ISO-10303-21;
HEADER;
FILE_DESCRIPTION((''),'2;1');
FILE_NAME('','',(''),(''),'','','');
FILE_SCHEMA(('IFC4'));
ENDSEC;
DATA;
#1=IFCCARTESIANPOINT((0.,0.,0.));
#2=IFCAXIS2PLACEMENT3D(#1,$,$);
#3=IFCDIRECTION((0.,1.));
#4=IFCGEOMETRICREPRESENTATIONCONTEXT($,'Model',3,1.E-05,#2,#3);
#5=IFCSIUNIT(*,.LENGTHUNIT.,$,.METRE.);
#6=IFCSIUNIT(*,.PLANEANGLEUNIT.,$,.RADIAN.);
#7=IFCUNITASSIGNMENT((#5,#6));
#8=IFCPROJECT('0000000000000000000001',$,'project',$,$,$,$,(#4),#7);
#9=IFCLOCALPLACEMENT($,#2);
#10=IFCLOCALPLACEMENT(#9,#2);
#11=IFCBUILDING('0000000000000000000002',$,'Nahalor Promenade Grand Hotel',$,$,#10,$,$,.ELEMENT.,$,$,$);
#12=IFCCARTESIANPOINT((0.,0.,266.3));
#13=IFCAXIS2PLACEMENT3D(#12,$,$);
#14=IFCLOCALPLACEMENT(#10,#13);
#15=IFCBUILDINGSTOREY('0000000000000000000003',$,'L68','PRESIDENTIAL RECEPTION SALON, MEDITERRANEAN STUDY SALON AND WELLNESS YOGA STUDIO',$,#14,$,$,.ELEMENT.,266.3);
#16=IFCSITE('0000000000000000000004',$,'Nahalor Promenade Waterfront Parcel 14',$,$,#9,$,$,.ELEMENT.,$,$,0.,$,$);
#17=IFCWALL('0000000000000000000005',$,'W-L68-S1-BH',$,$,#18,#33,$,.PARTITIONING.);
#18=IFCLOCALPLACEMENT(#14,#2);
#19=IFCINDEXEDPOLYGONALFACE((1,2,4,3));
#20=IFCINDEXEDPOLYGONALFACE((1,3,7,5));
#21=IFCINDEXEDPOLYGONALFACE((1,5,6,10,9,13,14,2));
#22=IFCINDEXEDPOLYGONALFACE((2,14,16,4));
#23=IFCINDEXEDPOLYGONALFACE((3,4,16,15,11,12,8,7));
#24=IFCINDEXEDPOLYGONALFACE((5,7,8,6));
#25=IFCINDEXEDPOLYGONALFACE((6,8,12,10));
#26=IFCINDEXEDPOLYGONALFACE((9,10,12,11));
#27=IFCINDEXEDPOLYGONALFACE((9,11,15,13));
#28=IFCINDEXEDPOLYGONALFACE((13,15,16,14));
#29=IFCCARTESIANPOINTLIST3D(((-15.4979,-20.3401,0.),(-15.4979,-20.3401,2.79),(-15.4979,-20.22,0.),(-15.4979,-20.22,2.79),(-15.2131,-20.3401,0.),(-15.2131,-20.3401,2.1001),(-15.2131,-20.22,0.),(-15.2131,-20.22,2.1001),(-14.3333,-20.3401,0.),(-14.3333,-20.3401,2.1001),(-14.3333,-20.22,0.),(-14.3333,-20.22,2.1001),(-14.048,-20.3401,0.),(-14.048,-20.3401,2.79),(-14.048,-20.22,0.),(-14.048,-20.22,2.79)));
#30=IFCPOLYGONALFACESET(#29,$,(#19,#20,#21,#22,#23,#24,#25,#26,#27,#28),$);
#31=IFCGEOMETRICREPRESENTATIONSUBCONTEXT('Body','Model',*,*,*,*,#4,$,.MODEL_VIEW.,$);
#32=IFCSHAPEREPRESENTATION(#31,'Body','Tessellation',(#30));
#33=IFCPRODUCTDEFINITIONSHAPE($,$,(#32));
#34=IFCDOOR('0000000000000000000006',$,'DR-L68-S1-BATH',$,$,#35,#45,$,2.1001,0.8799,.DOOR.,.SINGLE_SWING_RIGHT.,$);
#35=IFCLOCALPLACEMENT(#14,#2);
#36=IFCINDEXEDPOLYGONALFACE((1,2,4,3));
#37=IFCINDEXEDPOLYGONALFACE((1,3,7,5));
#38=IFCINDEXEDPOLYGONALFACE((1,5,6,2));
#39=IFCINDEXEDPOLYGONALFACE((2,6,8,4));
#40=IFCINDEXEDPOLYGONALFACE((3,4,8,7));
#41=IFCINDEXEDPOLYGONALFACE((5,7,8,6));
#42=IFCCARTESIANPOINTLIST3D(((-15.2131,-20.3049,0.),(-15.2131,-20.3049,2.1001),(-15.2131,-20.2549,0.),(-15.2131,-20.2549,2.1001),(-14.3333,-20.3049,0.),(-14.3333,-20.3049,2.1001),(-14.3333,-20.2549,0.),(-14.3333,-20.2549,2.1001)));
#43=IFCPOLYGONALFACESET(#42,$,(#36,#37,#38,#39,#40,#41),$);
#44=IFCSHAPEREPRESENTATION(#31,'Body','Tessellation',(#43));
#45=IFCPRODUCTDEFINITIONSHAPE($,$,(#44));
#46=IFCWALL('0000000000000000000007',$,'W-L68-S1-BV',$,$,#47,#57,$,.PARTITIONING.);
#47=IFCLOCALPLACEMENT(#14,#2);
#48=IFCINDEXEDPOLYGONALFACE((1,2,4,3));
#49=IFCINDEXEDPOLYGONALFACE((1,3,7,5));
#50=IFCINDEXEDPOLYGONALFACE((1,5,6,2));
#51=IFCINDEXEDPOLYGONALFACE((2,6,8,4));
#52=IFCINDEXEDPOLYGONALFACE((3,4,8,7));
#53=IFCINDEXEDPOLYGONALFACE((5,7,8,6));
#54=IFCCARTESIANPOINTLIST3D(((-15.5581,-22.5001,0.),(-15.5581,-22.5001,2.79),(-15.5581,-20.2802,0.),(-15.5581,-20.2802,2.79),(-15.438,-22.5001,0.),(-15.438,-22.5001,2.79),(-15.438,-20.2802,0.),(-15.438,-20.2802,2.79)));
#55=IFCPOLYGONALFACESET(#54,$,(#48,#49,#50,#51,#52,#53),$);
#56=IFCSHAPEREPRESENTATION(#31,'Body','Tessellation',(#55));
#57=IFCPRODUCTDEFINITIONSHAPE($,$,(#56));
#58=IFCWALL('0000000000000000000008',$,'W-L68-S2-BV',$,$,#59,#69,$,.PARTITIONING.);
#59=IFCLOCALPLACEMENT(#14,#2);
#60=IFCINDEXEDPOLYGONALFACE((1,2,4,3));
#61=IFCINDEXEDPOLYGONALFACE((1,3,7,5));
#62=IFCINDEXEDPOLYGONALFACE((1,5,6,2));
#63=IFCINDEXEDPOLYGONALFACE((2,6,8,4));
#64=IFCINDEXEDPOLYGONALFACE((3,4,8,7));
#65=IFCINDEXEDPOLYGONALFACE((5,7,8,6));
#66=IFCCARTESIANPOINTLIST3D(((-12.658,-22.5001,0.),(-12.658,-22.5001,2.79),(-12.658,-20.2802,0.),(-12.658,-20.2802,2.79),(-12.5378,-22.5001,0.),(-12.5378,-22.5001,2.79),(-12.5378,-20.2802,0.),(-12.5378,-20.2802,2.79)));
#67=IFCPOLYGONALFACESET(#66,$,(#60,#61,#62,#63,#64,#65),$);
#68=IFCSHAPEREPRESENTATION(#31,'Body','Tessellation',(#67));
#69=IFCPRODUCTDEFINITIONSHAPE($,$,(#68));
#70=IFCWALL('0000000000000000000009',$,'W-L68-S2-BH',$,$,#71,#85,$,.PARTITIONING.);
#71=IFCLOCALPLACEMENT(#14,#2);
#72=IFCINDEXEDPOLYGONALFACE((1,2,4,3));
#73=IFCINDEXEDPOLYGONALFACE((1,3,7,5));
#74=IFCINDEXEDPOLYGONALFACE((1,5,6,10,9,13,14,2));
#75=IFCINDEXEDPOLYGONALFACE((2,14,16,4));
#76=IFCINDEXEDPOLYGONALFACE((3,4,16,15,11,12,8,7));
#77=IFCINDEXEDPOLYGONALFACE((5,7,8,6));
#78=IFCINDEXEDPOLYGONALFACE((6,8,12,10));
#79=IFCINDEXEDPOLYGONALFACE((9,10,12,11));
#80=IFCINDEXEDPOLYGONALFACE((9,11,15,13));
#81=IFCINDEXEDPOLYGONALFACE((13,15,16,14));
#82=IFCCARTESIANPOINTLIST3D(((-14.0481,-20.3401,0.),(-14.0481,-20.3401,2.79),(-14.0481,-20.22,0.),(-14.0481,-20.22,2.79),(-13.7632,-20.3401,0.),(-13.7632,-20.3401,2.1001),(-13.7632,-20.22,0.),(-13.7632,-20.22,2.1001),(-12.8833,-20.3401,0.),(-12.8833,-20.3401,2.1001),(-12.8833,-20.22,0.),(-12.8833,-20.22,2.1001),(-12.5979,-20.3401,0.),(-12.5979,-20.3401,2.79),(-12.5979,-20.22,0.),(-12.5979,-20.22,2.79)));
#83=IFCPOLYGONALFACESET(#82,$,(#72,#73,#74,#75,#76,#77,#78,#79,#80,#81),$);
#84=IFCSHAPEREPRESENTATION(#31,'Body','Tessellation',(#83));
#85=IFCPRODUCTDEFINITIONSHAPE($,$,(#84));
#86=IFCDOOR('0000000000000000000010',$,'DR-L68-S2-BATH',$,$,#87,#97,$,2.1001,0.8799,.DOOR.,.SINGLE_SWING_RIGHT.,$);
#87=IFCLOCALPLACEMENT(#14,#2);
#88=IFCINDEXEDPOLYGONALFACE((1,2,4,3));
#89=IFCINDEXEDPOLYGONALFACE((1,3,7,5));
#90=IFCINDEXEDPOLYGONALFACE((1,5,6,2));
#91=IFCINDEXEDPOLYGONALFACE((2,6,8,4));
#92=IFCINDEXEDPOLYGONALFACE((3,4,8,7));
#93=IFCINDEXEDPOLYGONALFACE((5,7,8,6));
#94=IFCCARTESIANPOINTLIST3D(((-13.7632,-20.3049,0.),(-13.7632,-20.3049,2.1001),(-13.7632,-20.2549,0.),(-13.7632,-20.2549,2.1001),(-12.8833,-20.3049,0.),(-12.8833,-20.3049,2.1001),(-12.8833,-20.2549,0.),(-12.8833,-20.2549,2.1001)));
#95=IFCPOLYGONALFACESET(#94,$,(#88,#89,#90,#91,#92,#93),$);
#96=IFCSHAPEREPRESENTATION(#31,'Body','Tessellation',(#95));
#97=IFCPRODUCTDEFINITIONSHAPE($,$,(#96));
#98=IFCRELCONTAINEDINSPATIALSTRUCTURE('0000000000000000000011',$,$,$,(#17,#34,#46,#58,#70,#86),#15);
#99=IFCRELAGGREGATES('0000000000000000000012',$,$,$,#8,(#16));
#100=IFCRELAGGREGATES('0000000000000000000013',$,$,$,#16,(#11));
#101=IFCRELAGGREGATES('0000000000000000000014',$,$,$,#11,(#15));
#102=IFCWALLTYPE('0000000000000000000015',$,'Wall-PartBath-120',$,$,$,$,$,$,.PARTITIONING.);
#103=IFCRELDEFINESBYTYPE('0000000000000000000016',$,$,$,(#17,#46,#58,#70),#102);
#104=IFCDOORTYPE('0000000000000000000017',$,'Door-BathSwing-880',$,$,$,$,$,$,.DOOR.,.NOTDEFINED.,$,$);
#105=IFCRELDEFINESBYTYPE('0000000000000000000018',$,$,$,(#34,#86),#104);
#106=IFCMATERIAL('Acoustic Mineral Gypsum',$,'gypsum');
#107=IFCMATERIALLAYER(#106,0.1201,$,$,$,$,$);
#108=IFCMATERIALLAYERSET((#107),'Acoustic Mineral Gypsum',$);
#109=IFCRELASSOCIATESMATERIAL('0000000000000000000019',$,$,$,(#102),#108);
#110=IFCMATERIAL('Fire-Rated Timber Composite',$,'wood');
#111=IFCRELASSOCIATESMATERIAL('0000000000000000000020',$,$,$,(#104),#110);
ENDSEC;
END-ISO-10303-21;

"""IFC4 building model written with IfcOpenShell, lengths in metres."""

from ifc_helpers import new_model, si_unit, direction, frame, frame_2d, origin, place, context, subcontext, project, spatial, rectangle, extrude, source, transform, mapped, material, layer, layer_set, type_object, element, fill, save


model = new_model("IFC4")

# Units and contexts
model_context = context("Model", 3, precision=1e-05, world=origin(), true_north=direction((0.0, 1.0)))
body_context = subcontext(model_context, "Body", "Model", "MODEL_VIEW")
ifc_project = project(units=[si_unit("LENGTHUNIT", "METRE"), si_unit("PLANEANGLEUNIT", "RADIAN")], contexts=[model_context])

# Site, building, storey
site_placement = place(None, origin())
site = spatial("IfcSite", under=ifc_project, at=site_placement, Name="Nahalor Promenade Waterfront Parcel 14", CompositionType="ELEMENT", RefElevation=0.0)
building_placement = place(site_placement, origin())
building = spatial("IfcBuilding", under=site, at=building_placement, Name="Nahalor Promenade Grand Hotel", CompositionType="ELEMENT")
storey_placement = place(building_placement, frame((0.0, 0.0, 266.3)))
storey = spatial("IfcBuildingStorey", under=building, at=storey_placement, Name="L68", Description="PRESIDENTIAL RECEPTION SALON, MEDITERRANEAN STUDY SALON AND WELLNESS YOGA STUDIO", CompositionType="ELEMENT", Elevation=266.3)

# Shared definitions
ifc_material_1 = material(Name="Acoustic Mineral Gypsum", Category="gypsum")

# Wall, opening, door
ifc_layer_1 = layer(ifc_material_1, 0.1201)
ifc_layer_set_1 = layer_set([ifc_layer_1], Name="Acoustic Mineral Gypsum")
wall_type_1 = type_object("IfcWallType", Name="Wall-PartBath-120", PredefinedType="PARTITIONING", material=ifc_layer_set_1)
shared_shape_1 = source(origin(), body_context, "Body", "SweptSolid", [
    extrude(rectangle(XDim=1.45, YDim=0.1201, at=frame_2d((0.7251, 0.0))), origin(), (0.0, 0.0, 1.0), 2.79),
])
wall_1_placement = place(storey_placement, frame((-15.498, -20.28, 0.0), z_axis=(0.0, 0.0, 1.0), x_axis=(1.0, 0.0, 0.0)))
wall_1 = element("IfcWall", 1, at=wall_1_placement, inside=storey, type_object=wall_type_1, Name="W-L68-S1-BH", PredefinedType="PARTITIONING", context=body_context, shape_type="MappedRepresentation", body=[
    mapped(shared_shape_1, transform((0.0, 0.0, 0.0), scale=1.0)),
])
opening_1_placement = place(wall_1_placement, frame((0.2849, 0.0, 0.0)))
opening_1 = element("IfcOpeningElement", 2, at=opening_1_placement, cuts=wall_1, PredefinedType="OPENING", context=body_context, shape_type="SweptSolid", body=[
    extrude(rectangle(XDim=0.8799, YDim=2.1001, at=frame_2d((0.4399, 1.05))), frame((0.0, 0.0701, 0.0), z_axis=(0.0, -1.0, 0.0), x_axis=(1.0, 0.0, 0.0)), (0.0, 0.0, 1.0), 0.1401),
])
ifc_material_2 = material(Name="Fire-Rated Timber Composite", Category="wood")
door_type = type_object("IfcDoorType", Name="Door-BathSwing-880", OperationType="NOTDEFINED", PredefinedType="DOOR", material=ifc_material_2)
shared_shape_2 = source(origin(), body_context, "Body", "SweptSolid", [
    extrude(rectangle(XDim=0.8799, YDim=2.1001, at=frame_2d((0.4399, 1.05))), frame((0.0, 0.0249, 0.0), z_axis=(0.0, -1.0, 0.0), x_axis=(1.0, 0.0, 0.0)), (0.0, 0.0, 1.0), 0.05),
])
door_1_placement = place(opening_1_placement, frame((0.8799, 0.0, 0.0), z_axis=(0.0, 0.0, 1.0), x_axis=(-1.0, 0.0, 0.0)))
door_1 = element("IfcDoor", 3, at=door_1_placement, inside=storey, type_object=door_type, Name="DR-L68-S1-BATH", OperationType="SINGLE_SWING_RIGHT", OverallHeight=2.1001, OverallWidth=0.8799, PredefinedType="DOOR", context=body_context, shape_type="MappedRepresentation", body=[
    mapped(shared_shape_2, transform((0.0, 0.0, 0.0), scale=1.0)),
])
fill(opening_1, door_1)

# Walls
shared_shape_3 = source(origin(), body_context, "Body", "SweptSolid", [
    extrude(rectangle(XDim=2.22, YDim=0.1201, at=frame_2d((1.1099, 0.0))), origin(), (0.0, 0.0, 1.0), 2.79),
])
for number, where, z_axis, x_axis, name in (
    (4, (-15.498, -22.5, 0.0), (0.0, 0.0, 1.0), (0.0, 1.0, 0.0), "W-L68-S1-BV"),
    (5, (-12.5979, -22.5, 0.0), (0.0, 0.0, 1.0), (0.0, 1.0, 0.0), "W-L68-S2-BV"),
):
    element("IfcWall", number, at=place(storey_placement, frame(where, z_axis=z_axis, x_axis=x_axis)), inside=storey, type_object=wall_type_1, Name=name, PredefinedType="PARTITIONING", context=body_context, shape_type="MappedRepresentation", body=[
        mapped(shared_shape_3, transform((0.0, 0.0, 0.0), scale=1.0)),
    ])

# Wall, opening, door
shared_shape_4 = source(origin(), body_context, "Body", "SweptSolid", [
    extrude(rectangle(XDim=1.4502, YDim=0.1201, at=frame_2d((0.7251, 0.0))), origin(), (0.0, 0.0, 1.0), 2.79),
])
wall_2_placement = place(storey_placement, frame((-14.0481, -20.28, 0.0), z_axis=(0.0, 0.0, 1.0), x_axis=(1.0, 0.0, 0.0)))
wall_2 = element("IfcWall", 6, at=wall_2_placement, inside=storey, type_object=wall_type_1, Name="W-L68-S2-BH", PredefinedType="PARTITIONING", context=body_context, shape_type="MappedRepresentation", body=[
    mapped(shared_shape_4, transform((0.0, 0.0, 0.0), scale=1.0)),
])
opening_2_placement = place(wall_2_placement, frame((0.2849, 0.0, 0.0)))
opening_2 = element("IfcOpeningElement", 7, at=opening_2_placement, cuts=wall_2, PredefinedType="OPENING", context=body_context, shape_type="SweptSolid", body=[
    extrude(rectangle(XDim=0.8799, YDim=2.1001, at=frame_2d((0.4399, 1.05))), frame((0.0, 0.0701, 0.0), z_axis=(0.0, -1.0, 0.0), x_axis=(1.0, 0.0, 0.0)), (0.0, 0.0, 1.0), 0.1401),
])
door_2_placement = place(opening_2_placement, frame((0.8799, 0.0, 0.0), z_axis=(0.0, 0.0, 1.0), x_axis=(-1.0, 0.0, 0.0)))
door_2 = element("IfcDoor", 8, at=door_2_placement, inside=storey, type_object=door_type, Name="DR-L68-S2-BATH", OperationType="SINGLE_SWING_RIGHT", OverallHeight=2.1001, OverallWidth=0.8799, PredefinedType="DOOR", context=body_context, shape_type="MappedRepresentation", body=[
    mapped(shared_shape_2, transform((0.0, 0.0, 0.0), scale=1.0)),
])
fill(opening_2, door_2)

save(model, "model.ifc")
